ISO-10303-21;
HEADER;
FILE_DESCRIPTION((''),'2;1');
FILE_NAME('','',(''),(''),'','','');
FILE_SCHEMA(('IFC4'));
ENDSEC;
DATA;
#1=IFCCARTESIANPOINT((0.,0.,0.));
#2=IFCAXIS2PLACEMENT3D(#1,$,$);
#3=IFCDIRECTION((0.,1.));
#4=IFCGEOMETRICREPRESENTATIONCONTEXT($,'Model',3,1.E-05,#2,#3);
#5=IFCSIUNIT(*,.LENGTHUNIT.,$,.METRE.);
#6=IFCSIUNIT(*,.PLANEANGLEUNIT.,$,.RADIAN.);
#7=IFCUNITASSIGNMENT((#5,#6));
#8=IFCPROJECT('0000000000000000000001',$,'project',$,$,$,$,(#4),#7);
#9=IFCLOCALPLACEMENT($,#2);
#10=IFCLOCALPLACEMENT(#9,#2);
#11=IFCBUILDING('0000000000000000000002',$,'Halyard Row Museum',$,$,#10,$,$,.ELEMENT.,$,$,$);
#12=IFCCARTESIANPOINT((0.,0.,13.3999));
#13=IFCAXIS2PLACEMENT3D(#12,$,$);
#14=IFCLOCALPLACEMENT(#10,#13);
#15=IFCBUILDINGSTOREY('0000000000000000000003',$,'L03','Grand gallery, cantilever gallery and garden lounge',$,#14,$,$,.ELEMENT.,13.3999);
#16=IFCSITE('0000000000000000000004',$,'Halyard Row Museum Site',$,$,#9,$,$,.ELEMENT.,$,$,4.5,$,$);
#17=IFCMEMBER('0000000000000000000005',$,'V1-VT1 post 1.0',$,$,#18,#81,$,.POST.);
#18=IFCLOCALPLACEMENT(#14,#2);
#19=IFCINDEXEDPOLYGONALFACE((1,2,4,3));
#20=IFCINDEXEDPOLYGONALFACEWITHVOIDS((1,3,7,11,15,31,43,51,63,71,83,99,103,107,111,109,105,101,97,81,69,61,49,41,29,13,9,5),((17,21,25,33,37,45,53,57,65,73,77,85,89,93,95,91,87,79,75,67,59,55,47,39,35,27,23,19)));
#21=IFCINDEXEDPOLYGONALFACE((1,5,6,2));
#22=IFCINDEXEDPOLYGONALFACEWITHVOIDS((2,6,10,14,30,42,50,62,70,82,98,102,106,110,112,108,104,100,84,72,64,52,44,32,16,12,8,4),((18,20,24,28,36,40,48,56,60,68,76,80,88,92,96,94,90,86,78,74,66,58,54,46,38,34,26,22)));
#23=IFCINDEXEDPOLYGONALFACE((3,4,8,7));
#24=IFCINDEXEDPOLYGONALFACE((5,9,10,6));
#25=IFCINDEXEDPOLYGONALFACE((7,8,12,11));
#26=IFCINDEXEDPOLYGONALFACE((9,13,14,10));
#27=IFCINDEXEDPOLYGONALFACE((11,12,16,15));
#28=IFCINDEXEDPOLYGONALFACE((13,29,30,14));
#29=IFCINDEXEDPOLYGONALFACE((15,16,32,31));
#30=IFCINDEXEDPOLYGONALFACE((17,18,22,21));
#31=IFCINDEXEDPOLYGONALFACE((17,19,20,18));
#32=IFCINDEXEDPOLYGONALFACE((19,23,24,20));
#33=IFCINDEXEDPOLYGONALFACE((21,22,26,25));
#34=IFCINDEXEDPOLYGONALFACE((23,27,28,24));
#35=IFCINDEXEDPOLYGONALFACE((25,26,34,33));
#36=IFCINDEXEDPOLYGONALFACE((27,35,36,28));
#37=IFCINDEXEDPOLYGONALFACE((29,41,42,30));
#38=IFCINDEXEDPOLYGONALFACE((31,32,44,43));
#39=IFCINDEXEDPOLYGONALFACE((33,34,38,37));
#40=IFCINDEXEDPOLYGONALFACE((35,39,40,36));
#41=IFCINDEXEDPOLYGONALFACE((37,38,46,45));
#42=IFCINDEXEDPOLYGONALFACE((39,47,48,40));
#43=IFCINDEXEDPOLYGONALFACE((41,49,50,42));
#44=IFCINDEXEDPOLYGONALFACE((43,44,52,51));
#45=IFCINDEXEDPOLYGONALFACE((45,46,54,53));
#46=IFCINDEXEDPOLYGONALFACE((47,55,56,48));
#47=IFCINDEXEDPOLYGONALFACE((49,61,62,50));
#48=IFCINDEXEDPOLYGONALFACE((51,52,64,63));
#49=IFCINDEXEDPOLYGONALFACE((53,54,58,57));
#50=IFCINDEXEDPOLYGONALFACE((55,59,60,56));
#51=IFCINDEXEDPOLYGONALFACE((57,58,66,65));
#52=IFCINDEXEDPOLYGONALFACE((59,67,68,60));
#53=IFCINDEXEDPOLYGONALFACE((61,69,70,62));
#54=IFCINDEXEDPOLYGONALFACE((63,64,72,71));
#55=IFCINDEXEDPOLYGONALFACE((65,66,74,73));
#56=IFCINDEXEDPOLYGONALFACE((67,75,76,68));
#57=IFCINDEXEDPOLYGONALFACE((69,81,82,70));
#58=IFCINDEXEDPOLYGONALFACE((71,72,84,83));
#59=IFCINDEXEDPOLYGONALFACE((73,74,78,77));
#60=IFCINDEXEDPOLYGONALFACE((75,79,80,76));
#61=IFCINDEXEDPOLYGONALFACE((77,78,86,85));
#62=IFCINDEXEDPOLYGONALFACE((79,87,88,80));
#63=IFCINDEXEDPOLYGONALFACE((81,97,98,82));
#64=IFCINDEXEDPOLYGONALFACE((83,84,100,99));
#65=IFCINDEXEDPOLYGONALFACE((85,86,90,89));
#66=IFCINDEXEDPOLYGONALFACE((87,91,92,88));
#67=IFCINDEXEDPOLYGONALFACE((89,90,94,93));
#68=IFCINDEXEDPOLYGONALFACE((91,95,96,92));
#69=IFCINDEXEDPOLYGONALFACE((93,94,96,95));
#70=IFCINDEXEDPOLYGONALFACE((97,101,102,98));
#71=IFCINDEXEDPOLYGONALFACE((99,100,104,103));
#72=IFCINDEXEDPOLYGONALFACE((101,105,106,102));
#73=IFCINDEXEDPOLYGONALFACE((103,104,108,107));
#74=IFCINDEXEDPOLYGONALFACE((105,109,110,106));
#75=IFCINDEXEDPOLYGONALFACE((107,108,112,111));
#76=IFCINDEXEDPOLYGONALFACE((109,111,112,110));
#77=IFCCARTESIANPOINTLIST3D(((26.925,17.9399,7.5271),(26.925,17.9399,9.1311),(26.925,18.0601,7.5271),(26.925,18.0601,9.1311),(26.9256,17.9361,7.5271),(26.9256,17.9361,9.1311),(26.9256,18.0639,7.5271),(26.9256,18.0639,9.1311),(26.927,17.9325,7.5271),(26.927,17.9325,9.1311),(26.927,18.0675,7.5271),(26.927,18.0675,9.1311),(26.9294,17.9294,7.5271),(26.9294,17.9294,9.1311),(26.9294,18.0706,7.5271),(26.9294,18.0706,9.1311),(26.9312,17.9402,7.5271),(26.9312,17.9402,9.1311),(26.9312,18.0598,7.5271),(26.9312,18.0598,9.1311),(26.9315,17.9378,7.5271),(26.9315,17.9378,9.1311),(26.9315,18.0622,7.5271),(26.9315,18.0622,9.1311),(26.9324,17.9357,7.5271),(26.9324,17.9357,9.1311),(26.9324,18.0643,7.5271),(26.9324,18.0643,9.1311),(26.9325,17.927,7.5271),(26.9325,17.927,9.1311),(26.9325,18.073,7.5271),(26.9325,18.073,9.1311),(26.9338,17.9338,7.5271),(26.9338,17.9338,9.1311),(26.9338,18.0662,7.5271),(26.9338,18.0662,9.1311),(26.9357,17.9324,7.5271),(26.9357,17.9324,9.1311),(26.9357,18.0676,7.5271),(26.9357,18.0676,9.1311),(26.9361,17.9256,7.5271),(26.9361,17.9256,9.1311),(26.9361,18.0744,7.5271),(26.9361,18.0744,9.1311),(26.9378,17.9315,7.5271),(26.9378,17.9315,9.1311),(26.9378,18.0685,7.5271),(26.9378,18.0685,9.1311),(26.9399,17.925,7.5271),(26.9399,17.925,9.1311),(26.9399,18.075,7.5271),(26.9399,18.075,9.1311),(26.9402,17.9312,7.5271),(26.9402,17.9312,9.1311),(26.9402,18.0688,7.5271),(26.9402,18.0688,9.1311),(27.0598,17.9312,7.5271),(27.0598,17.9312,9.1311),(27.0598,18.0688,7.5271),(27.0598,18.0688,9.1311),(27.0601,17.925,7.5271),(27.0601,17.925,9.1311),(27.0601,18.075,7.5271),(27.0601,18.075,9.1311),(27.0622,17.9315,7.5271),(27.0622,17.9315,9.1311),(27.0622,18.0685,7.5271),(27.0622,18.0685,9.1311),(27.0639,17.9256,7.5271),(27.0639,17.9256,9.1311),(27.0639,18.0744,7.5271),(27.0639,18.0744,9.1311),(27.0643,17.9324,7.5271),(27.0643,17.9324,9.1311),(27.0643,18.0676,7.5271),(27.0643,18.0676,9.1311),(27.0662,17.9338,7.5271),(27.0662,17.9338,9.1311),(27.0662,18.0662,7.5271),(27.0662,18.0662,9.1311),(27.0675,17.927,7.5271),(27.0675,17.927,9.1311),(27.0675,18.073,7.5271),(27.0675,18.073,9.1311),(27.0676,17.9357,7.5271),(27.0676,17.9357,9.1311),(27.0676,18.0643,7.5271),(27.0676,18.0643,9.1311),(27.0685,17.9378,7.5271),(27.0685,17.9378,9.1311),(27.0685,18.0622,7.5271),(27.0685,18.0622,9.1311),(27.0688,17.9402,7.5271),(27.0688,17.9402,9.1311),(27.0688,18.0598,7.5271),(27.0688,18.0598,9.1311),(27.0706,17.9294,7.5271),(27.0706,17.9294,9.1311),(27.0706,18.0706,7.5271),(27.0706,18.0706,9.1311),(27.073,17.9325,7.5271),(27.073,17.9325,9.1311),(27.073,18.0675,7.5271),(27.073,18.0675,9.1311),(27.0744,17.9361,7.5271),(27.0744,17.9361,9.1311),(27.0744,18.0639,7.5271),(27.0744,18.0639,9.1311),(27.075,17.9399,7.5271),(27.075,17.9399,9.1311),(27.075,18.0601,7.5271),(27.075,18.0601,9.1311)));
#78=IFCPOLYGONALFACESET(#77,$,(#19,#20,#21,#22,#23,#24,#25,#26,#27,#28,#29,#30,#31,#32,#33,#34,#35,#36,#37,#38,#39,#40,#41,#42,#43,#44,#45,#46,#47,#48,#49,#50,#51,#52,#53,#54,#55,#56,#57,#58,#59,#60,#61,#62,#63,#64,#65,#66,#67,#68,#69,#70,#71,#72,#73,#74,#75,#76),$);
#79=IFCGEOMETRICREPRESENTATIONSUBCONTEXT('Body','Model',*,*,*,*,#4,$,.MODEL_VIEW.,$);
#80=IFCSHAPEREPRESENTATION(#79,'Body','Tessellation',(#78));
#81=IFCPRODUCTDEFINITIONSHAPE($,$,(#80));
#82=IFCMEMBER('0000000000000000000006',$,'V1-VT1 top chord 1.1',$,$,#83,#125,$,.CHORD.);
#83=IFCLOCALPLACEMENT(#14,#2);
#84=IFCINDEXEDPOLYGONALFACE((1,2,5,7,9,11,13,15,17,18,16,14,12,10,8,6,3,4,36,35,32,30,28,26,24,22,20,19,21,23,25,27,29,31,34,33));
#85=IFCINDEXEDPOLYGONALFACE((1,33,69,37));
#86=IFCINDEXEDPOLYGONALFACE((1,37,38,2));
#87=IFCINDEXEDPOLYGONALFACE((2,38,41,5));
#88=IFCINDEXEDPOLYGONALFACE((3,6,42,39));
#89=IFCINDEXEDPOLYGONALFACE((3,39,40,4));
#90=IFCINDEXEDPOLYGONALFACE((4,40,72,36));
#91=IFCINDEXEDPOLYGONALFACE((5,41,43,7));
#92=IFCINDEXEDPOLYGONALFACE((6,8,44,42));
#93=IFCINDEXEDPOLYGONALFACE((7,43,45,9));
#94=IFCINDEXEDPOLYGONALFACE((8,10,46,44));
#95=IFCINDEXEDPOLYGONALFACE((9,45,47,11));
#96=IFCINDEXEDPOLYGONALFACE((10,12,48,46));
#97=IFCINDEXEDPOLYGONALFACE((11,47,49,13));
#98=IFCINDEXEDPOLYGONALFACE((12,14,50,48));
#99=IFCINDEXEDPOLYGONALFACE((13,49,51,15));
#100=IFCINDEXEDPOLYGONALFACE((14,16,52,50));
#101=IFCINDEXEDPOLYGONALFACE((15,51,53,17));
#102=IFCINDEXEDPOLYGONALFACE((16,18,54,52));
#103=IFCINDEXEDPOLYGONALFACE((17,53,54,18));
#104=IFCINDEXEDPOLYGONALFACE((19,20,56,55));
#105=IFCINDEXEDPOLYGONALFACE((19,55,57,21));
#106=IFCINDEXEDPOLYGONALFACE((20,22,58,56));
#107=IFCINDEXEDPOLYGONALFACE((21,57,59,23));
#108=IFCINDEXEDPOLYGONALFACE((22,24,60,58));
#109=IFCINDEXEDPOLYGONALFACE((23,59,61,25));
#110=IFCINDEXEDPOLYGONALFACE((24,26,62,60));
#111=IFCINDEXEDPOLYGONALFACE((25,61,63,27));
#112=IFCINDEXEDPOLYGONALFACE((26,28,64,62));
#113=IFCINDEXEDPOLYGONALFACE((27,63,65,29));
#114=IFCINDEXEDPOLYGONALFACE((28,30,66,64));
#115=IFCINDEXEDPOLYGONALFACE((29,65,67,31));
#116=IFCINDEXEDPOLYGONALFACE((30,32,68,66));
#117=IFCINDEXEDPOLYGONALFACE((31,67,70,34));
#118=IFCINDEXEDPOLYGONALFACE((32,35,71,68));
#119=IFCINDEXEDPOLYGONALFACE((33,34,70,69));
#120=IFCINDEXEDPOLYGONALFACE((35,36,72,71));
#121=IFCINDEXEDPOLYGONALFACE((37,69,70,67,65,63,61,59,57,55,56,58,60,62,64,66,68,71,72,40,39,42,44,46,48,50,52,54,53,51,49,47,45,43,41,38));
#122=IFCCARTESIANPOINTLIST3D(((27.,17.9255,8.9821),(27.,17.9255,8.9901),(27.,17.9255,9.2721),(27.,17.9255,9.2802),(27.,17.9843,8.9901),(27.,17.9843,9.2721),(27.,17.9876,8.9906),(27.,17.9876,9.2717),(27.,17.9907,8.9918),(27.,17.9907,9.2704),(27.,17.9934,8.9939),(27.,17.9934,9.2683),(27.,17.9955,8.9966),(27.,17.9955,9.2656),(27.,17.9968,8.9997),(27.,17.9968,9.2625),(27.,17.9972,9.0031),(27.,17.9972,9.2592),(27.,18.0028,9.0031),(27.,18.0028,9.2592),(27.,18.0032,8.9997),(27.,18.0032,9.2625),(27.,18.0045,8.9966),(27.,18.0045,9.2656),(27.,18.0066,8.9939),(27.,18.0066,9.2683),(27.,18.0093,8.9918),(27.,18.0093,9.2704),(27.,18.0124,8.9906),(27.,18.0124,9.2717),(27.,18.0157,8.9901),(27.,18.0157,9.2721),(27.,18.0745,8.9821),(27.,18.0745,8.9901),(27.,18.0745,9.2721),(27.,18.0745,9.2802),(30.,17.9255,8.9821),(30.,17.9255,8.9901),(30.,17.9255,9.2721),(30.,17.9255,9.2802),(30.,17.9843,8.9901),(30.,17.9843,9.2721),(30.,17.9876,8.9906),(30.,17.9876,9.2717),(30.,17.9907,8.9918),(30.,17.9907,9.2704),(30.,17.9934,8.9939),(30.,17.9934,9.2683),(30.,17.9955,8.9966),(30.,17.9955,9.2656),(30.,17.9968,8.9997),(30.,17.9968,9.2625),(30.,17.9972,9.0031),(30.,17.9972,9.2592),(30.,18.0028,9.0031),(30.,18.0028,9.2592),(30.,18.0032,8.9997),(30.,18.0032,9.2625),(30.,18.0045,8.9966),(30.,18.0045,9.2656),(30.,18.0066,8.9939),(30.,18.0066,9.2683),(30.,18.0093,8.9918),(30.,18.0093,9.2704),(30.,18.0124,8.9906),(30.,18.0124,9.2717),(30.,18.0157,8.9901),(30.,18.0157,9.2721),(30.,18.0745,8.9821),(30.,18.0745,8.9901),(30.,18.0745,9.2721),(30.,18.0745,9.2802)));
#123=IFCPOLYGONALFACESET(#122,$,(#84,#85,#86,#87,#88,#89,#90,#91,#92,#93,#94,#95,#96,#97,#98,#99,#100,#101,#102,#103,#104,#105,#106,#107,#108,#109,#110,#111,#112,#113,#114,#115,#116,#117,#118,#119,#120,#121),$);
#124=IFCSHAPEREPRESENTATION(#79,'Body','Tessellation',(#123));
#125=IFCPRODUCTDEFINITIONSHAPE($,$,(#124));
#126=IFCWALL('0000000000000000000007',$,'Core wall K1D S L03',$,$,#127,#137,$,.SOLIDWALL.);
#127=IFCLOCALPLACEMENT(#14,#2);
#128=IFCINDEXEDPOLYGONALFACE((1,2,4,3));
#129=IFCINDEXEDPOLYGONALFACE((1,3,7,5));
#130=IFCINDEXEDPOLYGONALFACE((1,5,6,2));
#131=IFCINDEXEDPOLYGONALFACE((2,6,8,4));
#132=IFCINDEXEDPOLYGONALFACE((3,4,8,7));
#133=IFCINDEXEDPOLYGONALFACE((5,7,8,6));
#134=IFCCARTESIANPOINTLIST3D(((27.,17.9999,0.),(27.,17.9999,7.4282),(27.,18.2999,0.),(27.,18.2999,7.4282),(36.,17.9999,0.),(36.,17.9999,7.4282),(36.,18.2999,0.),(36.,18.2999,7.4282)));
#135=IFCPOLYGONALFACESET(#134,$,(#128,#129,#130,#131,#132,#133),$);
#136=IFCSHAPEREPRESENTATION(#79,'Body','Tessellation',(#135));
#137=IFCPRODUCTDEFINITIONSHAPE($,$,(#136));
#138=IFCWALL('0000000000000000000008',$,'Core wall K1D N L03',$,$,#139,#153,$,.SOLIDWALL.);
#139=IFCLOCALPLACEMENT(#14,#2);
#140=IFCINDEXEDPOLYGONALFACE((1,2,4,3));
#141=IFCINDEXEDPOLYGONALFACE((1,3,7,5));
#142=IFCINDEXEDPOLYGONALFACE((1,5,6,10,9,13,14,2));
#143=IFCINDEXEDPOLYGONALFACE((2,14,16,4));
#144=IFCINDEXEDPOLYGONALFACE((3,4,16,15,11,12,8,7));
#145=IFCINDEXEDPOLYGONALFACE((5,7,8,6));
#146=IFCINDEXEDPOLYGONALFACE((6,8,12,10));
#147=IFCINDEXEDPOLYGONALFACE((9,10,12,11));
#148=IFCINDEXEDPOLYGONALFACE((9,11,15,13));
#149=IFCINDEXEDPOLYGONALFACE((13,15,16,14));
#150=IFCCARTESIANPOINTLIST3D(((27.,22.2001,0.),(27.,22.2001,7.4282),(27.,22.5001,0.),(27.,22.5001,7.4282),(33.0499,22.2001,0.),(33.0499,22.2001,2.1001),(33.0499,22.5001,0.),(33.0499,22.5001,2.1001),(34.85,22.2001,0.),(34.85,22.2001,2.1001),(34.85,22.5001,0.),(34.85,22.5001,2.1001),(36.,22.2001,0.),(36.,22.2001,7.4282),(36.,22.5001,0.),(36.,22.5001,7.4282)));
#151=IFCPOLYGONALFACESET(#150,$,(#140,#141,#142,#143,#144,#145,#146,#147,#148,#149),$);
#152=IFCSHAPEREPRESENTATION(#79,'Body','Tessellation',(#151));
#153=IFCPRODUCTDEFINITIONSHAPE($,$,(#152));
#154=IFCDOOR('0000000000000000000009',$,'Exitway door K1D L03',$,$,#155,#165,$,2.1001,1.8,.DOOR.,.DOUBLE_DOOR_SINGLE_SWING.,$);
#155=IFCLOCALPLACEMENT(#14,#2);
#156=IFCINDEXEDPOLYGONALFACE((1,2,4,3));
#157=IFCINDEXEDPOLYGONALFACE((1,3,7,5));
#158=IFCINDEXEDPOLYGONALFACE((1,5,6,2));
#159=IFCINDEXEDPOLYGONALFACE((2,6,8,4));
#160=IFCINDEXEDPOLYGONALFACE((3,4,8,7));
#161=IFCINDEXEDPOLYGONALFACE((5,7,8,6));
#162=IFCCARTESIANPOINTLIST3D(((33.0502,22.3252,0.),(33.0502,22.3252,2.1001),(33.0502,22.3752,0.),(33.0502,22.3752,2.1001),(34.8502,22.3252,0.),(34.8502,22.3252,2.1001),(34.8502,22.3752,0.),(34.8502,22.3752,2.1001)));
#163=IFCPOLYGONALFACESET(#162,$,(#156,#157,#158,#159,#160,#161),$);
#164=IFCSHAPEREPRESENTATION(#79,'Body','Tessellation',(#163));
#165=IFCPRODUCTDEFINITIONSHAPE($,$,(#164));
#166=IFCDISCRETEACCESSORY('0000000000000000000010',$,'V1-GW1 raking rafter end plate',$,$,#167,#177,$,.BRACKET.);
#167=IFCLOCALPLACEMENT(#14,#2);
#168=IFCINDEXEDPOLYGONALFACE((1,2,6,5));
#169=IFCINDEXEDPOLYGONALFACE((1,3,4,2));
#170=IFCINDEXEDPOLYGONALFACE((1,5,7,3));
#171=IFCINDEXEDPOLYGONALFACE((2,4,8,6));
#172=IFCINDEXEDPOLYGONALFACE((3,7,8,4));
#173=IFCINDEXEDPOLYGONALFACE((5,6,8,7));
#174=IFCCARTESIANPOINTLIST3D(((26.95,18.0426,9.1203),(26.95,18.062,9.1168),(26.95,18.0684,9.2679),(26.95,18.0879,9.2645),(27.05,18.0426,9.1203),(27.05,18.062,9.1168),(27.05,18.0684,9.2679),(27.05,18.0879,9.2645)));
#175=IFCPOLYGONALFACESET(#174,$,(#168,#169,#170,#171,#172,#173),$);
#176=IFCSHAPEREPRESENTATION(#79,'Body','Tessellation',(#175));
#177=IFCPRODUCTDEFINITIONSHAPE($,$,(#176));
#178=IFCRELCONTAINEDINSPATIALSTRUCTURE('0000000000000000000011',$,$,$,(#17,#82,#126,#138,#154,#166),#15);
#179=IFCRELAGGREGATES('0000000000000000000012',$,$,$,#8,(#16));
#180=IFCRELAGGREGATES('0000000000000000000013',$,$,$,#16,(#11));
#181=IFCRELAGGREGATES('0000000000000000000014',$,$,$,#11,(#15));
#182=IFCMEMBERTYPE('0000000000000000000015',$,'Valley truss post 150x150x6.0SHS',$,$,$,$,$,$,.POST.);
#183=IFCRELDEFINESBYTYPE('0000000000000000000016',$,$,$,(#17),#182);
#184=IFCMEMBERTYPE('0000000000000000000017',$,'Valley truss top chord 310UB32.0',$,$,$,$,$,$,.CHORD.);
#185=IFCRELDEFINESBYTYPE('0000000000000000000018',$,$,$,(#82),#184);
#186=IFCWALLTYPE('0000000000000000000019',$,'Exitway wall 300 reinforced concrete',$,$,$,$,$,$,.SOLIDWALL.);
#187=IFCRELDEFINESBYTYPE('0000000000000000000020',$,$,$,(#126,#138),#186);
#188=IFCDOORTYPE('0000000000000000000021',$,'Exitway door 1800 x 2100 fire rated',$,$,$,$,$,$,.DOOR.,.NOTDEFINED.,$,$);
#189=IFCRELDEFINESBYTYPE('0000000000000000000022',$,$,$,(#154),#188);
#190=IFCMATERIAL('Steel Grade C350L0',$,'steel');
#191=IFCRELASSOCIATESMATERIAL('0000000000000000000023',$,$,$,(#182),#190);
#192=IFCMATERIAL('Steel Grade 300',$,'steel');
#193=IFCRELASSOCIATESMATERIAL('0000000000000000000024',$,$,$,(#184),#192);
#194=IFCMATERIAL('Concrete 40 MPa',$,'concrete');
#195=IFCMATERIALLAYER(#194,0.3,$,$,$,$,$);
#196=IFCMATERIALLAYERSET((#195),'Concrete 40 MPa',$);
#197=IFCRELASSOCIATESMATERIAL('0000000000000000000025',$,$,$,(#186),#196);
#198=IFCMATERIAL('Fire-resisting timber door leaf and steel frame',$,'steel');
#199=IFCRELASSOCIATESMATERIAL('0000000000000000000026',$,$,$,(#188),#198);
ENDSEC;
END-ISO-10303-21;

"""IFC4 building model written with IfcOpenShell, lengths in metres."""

from ifc_helpers import new_model, si_unit, direction, frame, frame_2d, origin, origin_2d, place, context, subcontext, project, spatial, rectangle, hollow_rectangle, i_section, extrude, material, layer, layer_set, material_profile, profile_set, type_object, element, fill, save


model = new_model("IFC4")

# Units and contexts
model_context = context("Model", 3, precision=1e-05, world=origin(), true_north=direction((0.0, 1.0)))
body_context = subcontext(model_context, "Body", "Model", "MODEL_VIEW")
ifc_project = project(units=[si_unit("LENGTHUNIT", "METRE"), si_unit("PLANEANGLEUNIT", "RADIAN")], contexts=[model_context])

# Site, building, storey
site_placement = place(None, origin())
site = spatial("IfcSite", under=ifc_project, at=site_placement, Name="Halyard Row Museum Site", CompositionType="ELEMENT", RefElevation=4.5)
building_placement = place(site_placement, origin())
building = spatial("IfcBuilding", under=site, at=building_placement, Name="Halyard Row Museum", CompositionType="ELEMENT")
storey_placement = place(building_placement, frame((0.0, 0.0, 13.3999)))
storey = spatial("IfcBuildingStorey", under=building, at=storey_placement, Name="L03", Description="Grand gallery, cantilever gallery and garden lounge", CompositionType="ELEMENT", Elevation=13.3999)

# Members
ifc_material_1 = material(Name="Steel Grade C350L0", Category="steel")
ifc_material_profile_1 = material_profile(ifc_material_1, hollow_rectangle(XDim=0.1499, YDim=0.1499, WallThickness=0.0061, InnerFilletRadius=0.009, OuterFilletRadius=0.0149, at=origin_2d()), Name="150x150x6.0SHS")
ifc_profile_set_1 = profile_set([ifc_material_profile_1], Name="Steel Grade C350L0")
member_type_1 = type_object("IfcMemberType", Name="Valley truss post 150x150x6.0SHS", PredefinedType="POST", material=ifc_profile_set_1)
member_1_placement = place(storey_placement, frame((27.0, 18.0, 7.5271), z_axis=(0.0, 0.0, 1.0), x_axis=(1.0, 0.0, 0.0)))
element("IfcMember", 1, at=member_1_placement, inside=storey, type_object=member_type_1, Name="V1-VT1 post 1.0", PredefinedType="POST", context=body_context, shape_type="SweptSolid", body=[
    extrude(hollow_rectangle(XDim=0.1499, YDim=0.1499, WallThickness=0.0061, InnerFilletRadius=0.009, OuterFilletRadius=0.0149, at=origin_2d()), origin(), (0.0, 0.0, 1.0), 1.604),
])
ifc_material_2 = material(Name="Steel Grade 300", Category="steel")
ifc_material_profile_2 = material_profile(ifc_material_2, i_section(OverallWidth=0.1489, OverallDepth=0.2981, WebThickness=0.0056, FlangeThickness=0.0081, FilletRadius=0.0129, at=origin_2d()), Name="310UB32.0")
ifc_profile_set_2 = profile_set([ifc_material_profile_2], Name="Steel Grade 300")
member_type_2 = type_object("IfcMemberType", Name="Valley truss top chord 310UB32.0", PredefinedType="CHORD", material=ifc_profile_set_2)
member_2_placement = place(storey_placement, frame((27.0, 18.0, 9.1311), z_axis=(1.0, 0.0, 0.0), x_axis=(0.0, 1.0, 0.0)))
element("IfcMember", 2, at=member_2_placement, inside=storey, type_object=member_type_2, Name="V1-VT1 top chord 1.1", PredefinedType="CHORD", context=body_context, shape_type="SweptSolid", body=[
    extrude(i_section(OverallWidth=0.1489, OverallDepth=0.2981, WebThickness=0.0056, FlangeThickness=0.0081, FilletRadius=0.0129, at=origin_2d()), origin(), (0.0, 0.0, 1.0), 3.0),
])

# Wall
ifc_material_3 = material(Name="Concrete 40 MPa", Category="concrete")
ifc_layer = layer(ifc_material_3, 0.3)
ifc_layer_set = layer_set([ifc_layer], Name="Concrete 40 MPa")
wall_type = type_object("IfcWallType", Name="Exitway wall 300 reinforced concrete", PredefinedType="SOLIDWALL", material=ifc_layer_set)
wall_1_placement = place(storey_placement, frame((27.0, 18.1499, 0.0), z_axis=(0.0, 0.0, 1.0), x_axis=(1.0, 0.0, 0.0)))
element("IfcWall", 3, at=wall_1_placement, inside=storey, type_object=wall_type, Name="Core wall K1D S L03", PredefinedType="SOLIDWALL", context=body_context, shape_type="SweptSolid", body=[
    extrude(rectangle(XDim=9.0, YDim=0.3, at=frame_2d((4.5, 0.0))), origin(), (0.0, 0.0, 1.0), 7.4282),
])

# Wall, opening, door
wall_2_placement = place(storey_placement, frame((27.0, 22.3501, 0.0), z_axis=(0.0, 0.0, 1.0), x_axis=(1.0, 0.0, 0.0)))
wall_2 = element("IfcWall", 4, at=wall_2_placement, inside=storey, type_object=wall_type, Name="Core wall K1D N L03", PredefinedType="SOLIDWALL", context=body_context, shape_type="SweptSolid", body=[
    extrude(rectangle(XDim=9.0, YDim=0.3, at=frame_2d((4.5, 0.0))), origin(), (0.0, 0.0, 1.0), 7.4282),
])
opening_placement = place(wall_2_placement, frame((6.05, 0.0, 0.0)))
opening = element("IfcOpeningElement", 5, at=opening_placement, cuts=wall_2, PredefinedType="OPENING", context=body_context, shape_type="SweptSolid", body=[
    extrude(rectangle(XDim=1.8, YDim=2.1001, at=frame_2d((0.8999, 1.05))), frame((0.0, 0.1599, 0.0), z_axis=(0.0, -1.0, 0.0), x_axis=(1.0, 0.0, 0.0)), (0.0, 0.0, 1.0), 0.3201),
])
ifc_material_4 = material(Name="Fire-resisting timber door leaf and steel frame", Category="steel")
door_type = type_object("IfcDoorType", Name="Exitway door 1800 x 2100 fire rated", OperationType="NOTDEFINED", PredefinedType="DOOR", material=ifc_material_4)
door_placement = place(opening_placement, frame((1.8, 0.0, 0.0), z_axis=(0.0, 0.0, 1.0), x_axis=(-1.0, 0.0, 0.0)))
door = element("IfcDoor", 6, at=door_placement, inside=storey, type_object=door_type, Name="Exitway door K1D L03", OperationType="DOUBLE_DOOR_SINGLE_SWING", OverallHeight=2.1001, OverallWidth=1.8, PredefinedType="DOOR", context=body_context, shape_type="SweptSolid", body=[
    extrude(rectangle(XDim=1.8, YDim=2.1001, at=frame_2d((0.8999, 1.05))), frame((0.0, 0.0249, 0.0), z_axis=(0.0, -1.0, 0.0), x_axis=(1.0, 0.0, 0.0)), (0.0, 0.0, 1.0), 0.05),
])
fill(opening, door)

# Discrete accessory
discrete_accessory_placement = place(storey_placement, frame((27.0, 18.075, 9.1907), z_axis=(0.0, -0.98503, 0.17238), x_axis=(1.0, 0.0, 0.0)))
element("IfcDiscreteAccessory", 7, at=discrete_accessory_placement, inside=storey, Name="V1-GW1 raking rafter end plate", PredefinedType="BRACKET", context=body_context, shape_type="SweptSolid", body=[
    extrude(rectangle(XDim=0.1001, YDim=0.1499, at=origin_2d()), origin(), (0.0, 0.0, 1.0), 0.0198),
])

save(model, "model.ifc")
